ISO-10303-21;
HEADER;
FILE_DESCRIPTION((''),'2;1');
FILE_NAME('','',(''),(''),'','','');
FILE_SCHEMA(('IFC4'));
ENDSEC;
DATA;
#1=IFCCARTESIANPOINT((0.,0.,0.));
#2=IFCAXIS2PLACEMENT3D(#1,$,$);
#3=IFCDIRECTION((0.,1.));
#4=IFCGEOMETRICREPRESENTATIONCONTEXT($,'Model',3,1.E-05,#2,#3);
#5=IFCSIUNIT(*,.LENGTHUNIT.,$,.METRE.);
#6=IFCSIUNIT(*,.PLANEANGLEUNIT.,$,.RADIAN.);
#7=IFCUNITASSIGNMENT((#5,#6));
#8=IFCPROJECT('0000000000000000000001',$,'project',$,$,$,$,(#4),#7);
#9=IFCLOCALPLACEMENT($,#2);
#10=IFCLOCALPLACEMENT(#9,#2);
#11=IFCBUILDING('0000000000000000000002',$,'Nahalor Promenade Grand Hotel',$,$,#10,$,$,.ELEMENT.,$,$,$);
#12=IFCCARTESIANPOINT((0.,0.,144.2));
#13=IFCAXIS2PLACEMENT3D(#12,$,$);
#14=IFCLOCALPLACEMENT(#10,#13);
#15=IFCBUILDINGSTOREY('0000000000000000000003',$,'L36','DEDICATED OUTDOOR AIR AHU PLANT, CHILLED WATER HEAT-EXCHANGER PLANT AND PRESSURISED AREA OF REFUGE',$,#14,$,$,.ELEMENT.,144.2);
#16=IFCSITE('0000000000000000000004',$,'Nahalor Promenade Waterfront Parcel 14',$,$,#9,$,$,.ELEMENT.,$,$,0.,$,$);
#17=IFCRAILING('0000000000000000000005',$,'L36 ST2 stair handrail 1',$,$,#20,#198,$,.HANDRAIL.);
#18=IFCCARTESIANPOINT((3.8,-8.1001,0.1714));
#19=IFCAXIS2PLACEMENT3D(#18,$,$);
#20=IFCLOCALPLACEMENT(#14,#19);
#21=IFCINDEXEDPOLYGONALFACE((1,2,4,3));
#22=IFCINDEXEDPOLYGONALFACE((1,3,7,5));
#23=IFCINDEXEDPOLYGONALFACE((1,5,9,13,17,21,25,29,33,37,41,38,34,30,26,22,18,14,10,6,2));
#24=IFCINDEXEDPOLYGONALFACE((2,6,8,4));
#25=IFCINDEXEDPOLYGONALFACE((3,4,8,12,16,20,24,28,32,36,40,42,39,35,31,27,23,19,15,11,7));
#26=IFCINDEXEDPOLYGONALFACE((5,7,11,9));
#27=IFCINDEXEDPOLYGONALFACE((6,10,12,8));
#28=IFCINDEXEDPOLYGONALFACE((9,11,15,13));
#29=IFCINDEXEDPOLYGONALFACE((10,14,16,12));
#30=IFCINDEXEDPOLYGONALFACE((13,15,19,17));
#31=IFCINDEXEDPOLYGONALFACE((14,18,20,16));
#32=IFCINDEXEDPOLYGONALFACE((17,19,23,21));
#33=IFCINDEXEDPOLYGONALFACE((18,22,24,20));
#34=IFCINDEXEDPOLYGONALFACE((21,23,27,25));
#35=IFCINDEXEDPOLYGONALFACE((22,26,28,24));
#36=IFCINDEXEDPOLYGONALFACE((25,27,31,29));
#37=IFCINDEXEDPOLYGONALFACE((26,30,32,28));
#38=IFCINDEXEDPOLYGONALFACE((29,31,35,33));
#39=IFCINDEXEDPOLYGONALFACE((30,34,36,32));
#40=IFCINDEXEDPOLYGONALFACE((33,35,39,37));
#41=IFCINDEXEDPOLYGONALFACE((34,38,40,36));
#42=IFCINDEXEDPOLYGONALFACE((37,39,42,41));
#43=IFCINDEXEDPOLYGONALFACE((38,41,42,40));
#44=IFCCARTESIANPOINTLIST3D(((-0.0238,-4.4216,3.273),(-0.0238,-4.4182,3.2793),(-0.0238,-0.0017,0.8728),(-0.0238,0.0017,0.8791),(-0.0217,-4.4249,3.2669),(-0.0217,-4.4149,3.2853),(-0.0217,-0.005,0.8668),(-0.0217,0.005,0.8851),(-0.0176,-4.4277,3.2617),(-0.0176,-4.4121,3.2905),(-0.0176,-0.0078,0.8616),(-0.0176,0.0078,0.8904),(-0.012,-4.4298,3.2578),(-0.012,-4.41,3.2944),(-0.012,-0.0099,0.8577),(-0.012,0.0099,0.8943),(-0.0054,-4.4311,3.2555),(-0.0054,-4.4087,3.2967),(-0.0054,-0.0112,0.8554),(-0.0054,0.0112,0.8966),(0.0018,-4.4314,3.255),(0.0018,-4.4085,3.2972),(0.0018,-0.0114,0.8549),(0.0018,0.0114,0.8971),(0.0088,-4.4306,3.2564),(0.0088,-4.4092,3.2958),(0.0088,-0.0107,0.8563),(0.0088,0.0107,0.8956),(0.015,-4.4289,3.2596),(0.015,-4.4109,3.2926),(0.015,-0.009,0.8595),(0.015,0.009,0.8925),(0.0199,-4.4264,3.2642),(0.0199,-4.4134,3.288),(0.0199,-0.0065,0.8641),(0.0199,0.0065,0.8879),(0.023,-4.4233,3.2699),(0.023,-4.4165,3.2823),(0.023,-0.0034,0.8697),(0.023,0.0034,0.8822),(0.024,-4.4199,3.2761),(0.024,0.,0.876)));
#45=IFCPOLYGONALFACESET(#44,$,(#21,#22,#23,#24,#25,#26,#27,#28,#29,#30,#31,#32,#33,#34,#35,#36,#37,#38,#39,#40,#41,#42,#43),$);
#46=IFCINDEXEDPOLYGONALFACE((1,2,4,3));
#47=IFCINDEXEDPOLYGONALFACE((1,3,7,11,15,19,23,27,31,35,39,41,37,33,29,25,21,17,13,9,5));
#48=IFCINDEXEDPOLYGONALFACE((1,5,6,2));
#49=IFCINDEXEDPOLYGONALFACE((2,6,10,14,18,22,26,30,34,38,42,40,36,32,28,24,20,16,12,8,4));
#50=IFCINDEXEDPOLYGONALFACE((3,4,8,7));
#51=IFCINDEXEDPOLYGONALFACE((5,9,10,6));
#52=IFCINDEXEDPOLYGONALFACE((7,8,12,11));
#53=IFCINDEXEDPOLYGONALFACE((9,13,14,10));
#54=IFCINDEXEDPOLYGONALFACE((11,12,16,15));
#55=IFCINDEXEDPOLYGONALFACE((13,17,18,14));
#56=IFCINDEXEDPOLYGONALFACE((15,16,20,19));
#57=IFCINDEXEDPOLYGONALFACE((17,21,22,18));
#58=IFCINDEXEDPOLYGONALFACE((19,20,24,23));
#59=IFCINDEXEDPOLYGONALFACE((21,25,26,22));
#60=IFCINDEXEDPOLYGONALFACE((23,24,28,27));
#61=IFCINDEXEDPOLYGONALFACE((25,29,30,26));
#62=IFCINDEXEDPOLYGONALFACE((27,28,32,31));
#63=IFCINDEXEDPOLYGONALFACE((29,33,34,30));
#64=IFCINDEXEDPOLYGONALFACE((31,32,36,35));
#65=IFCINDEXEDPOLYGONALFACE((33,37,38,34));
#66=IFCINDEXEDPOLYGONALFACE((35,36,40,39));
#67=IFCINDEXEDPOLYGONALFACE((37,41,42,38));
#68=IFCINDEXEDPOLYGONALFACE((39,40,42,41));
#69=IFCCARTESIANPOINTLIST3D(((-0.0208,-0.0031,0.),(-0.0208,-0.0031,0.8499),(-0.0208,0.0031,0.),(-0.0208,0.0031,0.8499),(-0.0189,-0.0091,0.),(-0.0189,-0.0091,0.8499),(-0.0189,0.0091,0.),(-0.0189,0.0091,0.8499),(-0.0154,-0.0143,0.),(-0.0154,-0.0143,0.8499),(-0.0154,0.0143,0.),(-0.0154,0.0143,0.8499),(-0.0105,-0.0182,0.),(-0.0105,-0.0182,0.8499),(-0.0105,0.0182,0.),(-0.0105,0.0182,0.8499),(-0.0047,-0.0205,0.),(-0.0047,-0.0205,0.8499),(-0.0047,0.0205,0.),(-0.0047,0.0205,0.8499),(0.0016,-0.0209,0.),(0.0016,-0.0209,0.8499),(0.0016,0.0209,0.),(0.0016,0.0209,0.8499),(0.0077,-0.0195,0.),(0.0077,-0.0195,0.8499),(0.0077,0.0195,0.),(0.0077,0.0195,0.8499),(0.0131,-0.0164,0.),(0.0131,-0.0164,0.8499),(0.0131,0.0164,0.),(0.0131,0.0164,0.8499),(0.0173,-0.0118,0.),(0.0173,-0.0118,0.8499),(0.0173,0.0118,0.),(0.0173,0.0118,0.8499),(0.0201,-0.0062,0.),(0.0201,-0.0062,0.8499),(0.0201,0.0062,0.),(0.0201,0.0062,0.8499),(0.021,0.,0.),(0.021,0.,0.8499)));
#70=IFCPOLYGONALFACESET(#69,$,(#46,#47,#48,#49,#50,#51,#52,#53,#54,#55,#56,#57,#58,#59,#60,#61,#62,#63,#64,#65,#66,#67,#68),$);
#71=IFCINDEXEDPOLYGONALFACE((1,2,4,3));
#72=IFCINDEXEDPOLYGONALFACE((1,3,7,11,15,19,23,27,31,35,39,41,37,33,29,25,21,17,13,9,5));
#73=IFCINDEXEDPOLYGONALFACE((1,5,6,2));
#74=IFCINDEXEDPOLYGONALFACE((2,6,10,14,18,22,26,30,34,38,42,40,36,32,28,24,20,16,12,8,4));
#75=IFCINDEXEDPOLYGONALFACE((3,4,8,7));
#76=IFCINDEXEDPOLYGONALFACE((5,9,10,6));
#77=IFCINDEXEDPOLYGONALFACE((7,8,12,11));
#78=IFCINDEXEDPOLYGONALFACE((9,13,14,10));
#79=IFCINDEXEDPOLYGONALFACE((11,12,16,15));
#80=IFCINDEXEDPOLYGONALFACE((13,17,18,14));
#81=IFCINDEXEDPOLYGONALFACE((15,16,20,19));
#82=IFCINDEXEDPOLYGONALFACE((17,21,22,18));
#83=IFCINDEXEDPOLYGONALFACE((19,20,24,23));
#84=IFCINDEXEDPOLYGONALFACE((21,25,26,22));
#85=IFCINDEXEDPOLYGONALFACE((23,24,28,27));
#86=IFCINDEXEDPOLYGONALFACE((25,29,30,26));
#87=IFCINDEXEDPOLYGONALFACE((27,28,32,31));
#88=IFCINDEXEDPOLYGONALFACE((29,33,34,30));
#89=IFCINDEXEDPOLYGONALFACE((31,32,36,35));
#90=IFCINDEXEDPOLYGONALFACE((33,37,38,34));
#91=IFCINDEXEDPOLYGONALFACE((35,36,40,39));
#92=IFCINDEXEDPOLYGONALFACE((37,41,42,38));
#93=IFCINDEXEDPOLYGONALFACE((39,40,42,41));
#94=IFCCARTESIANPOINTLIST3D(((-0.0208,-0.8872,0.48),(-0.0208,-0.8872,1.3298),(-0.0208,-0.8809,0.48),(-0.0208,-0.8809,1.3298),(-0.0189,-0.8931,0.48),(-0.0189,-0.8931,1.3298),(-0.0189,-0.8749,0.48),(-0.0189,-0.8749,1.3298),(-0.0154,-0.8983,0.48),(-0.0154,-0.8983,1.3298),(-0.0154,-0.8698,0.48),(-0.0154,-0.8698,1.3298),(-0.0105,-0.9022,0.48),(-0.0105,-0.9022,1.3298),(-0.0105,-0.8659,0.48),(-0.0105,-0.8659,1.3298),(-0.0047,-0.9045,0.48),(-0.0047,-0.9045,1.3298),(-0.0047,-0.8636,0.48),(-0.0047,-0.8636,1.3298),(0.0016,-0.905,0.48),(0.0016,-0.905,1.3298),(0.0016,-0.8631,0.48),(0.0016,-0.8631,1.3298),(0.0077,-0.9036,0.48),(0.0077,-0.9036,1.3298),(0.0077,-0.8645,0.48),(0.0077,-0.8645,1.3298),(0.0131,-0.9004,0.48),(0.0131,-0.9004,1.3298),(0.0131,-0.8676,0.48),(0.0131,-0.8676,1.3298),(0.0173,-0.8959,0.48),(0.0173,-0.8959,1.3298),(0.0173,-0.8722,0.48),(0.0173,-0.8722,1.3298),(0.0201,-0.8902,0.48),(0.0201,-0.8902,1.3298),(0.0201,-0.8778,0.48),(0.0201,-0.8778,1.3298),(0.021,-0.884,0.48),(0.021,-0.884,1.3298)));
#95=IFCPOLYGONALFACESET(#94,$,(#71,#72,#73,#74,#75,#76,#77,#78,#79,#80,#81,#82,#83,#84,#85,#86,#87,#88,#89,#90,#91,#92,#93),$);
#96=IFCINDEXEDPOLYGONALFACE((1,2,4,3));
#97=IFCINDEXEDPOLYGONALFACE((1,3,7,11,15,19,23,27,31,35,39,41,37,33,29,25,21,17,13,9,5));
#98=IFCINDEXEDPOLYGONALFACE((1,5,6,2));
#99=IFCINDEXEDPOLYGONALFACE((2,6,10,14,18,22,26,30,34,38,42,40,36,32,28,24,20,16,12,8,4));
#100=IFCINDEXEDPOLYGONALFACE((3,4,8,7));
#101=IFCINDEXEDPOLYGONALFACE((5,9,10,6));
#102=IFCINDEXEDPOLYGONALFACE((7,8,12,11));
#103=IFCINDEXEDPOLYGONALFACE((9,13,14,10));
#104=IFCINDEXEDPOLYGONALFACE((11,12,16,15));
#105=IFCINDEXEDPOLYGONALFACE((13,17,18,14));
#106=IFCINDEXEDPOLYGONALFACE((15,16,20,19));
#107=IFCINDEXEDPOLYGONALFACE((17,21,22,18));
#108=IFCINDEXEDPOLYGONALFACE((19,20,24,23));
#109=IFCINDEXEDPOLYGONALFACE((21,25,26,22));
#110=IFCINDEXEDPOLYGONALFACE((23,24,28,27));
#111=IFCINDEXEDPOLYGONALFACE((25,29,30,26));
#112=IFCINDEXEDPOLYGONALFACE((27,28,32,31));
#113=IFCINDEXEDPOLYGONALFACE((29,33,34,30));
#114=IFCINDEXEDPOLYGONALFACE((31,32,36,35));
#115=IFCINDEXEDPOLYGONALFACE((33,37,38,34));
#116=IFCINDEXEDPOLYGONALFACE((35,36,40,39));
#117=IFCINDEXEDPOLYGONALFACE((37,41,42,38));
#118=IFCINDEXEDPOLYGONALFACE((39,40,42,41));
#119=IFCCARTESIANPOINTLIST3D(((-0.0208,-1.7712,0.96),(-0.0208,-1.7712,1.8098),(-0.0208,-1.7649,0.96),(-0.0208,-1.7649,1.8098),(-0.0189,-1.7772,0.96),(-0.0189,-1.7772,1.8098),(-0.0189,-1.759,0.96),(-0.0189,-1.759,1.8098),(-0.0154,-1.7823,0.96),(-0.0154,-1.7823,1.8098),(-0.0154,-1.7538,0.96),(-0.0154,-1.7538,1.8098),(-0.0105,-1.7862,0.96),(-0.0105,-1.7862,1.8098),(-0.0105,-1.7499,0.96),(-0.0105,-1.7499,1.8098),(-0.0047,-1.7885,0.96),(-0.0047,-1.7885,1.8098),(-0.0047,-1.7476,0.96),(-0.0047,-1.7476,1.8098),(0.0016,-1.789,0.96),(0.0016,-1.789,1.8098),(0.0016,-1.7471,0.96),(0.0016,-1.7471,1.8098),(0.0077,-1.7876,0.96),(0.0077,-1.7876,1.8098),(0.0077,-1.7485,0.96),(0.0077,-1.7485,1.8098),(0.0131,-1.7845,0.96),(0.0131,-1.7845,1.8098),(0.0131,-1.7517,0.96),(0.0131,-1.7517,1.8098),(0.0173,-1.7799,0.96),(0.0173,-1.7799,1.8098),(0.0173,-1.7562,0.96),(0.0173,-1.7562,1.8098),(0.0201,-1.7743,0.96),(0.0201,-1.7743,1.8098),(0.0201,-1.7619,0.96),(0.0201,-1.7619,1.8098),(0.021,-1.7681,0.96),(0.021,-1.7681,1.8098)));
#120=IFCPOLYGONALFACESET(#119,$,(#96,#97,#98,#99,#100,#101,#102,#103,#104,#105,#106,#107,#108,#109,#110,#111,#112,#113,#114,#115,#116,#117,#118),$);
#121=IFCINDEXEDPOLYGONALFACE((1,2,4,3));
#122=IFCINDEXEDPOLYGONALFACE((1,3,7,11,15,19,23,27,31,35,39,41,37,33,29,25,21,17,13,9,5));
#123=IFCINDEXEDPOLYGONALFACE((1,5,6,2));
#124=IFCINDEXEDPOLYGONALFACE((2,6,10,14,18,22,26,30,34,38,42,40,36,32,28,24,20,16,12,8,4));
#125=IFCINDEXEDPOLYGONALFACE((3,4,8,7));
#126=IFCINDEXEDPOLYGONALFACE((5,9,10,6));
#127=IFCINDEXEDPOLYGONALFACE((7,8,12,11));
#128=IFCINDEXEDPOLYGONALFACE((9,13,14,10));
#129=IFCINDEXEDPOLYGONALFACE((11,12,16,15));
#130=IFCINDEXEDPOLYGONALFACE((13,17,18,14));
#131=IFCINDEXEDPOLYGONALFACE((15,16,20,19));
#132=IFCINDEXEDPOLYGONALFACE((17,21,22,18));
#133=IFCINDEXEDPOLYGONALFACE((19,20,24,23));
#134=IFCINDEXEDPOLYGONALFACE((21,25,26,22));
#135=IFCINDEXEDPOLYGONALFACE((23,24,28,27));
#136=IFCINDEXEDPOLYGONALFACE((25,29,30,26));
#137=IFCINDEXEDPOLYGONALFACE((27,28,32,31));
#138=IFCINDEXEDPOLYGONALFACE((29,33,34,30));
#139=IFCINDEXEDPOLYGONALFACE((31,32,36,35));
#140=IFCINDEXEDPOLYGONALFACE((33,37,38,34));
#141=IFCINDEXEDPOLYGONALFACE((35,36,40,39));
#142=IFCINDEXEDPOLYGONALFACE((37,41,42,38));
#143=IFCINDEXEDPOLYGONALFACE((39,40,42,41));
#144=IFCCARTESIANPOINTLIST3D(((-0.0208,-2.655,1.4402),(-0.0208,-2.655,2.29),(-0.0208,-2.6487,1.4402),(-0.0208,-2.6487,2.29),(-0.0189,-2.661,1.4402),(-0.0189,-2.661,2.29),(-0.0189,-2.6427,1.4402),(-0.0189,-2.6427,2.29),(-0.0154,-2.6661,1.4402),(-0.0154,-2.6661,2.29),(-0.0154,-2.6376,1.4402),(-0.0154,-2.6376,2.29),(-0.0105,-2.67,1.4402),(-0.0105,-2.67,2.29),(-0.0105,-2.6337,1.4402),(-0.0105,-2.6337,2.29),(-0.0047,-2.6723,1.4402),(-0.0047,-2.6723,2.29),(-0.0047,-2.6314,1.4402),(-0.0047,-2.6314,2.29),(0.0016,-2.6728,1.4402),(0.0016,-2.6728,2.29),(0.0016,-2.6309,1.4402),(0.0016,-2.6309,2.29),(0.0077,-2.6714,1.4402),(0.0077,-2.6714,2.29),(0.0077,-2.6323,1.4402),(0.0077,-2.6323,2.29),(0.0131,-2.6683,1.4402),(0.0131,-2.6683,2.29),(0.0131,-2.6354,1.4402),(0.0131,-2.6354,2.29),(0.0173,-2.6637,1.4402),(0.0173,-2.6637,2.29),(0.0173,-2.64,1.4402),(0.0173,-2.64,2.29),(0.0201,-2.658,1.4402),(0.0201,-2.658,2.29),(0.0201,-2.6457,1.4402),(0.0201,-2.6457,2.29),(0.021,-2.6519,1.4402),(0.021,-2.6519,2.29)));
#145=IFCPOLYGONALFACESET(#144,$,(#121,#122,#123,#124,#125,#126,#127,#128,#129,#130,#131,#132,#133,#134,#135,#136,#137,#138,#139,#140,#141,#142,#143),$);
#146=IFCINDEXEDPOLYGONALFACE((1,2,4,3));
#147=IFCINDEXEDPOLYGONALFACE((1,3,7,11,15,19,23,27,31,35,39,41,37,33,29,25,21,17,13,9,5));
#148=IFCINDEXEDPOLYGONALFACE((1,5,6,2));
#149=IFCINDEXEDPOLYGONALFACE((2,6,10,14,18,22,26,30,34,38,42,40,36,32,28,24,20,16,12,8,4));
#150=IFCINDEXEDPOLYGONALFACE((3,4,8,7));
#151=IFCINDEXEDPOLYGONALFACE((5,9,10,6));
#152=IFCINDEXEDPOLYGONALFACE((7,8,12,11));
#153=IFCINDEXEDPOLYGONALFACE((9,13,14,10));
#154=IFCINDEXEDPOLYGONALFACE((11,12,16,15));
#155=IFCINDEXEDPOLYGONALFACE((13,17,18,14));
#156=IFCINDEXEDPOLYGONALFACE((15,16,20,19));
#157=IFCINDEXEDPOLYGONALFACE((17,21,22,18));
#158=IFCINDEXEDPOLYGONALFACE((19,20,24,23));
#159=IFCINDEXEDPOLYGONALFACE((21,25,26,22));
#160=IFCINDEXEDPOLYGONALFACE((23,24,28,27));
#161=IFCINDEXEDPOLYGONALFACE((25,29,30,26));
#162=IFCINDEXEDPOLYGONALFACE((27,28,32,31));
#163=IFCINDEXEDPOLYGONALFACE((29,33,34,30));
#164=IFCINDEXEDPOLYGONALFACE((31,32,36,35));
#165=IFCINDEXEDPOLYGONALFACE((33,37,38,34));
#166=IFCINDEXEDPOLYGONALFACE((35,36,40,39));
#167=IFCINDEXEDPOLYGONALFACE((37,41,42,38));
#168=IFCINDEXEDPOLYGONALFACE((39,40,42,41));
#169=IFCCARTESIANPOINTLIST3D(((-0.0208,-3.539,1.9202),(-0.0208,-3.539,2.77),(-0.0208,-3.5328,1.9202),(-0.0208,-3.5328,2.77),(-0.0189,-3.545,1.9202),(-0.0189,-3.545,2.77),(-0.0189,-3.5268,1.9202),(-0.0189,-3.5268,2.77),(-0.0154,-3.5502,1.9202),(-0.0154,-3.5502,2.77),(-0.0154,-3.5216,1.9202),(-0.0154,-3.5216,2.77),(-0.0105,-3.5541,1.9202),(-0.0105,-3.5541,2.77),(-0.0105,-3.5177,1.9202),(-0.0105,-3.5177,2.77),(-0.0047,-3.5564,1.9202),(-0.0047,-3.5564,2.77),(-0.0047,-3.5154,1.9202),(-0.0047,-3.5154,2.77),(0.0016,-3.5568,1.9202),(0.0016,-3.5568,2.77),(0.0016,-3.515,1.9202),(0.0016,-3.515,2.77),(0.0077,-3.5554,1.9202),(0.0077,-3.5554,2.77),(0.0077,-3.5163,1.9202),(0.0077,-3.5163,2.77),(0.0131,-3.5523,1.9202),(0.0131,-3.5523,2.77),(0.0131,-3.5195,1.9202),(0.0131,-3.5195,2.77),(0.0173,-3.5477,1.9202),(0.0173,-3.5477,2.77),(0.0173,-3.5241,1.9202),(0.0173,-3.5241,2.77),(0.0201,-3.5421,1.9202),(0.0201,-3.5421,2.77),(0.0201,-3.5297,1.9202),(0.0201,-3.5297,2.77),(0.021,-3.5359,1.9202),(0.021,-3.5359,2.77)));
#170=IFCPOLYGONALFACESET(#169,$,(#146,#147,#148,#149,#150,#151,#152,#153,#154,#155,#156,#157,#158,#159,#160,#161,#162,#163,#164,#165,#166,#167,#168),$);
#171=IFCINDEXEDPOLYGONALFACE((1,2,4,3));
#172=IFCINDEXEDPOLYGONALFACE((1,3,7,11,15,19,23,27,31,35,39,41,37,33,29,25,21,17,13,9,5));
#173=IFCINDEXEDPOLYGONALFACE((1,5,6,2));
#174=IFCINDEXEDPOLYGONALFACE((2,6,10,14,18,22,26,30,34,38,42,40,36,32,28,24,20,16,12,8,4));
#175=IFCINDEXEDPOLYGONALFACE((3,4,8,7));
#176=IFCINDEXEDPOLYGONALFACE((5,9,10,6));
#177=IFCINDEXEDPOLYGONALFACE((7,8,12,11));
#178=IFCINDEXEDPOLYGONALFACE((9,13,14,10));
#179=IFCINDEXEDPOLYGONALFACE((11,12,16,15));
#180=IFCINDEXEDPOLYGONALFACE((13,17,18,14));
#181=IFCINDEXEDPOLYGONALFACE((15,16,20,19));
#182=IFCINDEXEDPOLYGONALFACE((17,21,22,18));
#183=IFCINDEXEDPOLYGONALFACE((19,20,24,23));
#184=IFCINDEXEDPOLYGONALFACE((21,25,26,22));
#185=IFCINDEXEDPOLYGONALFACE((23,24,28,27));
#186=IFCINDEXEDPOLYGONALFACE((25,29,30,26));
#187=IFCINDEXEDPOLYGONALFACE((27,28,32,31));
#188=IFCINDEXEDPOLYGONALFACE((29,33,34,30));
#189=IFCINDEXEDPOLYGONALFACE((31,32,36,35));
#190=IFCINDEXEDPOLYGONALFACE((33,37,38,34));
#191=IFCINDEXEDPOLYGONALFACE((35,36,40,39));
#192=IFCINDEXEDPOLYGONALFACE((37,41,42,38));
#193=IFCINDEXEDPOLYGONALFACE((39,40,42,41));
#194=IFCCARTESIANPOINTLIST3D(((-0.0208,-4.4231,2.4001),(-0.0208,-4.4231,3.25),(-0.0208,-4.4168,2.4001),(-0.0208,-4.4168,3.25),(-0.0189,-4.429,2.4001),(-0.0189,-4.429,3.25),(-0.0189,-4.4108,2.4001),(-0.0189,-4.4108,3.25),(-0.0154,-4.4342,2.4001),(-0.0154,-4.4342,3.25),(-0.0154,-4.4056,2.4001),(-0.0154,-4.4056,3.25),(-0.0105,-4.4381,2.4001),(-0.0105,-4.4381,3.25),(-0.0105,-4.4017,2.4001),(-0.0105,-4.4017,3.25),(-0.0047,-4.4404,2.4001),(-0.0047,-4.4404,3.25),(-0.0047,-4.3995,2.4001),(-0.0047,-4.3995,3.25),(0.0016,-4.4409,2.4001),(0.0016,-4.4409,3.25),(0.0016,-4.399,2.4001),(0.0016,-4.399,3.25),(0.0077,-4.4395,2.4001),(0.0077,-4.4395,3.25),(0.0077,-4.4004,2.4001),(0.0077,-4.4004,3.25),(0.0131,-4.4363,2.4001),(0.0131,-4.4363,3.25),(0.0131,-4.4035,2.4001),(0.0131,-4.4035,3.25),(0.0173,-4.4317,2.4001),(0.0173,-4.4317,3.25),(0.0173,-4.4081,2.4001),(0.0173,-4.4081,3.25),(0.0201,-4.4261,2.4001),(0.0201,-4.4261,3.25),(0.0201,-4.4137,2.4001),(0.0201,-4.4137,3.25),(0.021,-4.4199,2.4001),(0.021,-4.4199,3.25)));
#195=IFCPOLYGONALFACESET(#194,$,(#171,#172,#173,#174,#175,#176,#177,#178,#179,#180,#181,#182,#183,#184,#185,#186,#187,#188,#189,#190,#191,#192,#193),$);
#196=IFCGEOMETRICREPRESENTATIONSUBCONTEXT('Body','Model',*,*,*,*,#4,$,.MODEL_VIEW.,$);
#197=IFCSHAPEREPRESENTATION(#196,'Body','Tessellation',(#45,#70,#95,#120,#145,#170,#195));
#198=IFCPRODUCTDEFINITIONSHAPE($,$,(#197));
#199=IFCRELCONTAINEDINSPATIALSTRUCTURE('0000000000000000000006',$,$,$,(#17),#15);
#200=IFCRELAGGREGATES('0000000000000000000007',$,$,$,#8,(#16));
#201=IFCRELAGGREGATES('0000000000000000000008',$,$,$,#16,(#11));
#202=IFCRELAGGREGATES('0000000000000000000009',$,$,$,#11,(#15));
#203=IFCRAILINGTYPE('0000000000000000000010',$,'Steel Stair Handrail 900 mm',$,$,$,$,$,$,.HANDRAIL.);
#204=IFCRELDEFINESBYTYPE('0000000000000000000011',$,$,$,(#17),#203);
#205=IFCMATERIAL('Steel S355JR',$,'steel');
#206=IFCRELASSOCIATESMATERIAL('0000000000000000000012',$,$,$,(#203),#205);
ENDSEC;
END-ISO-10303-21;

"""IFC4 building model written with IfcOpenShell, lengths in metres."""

from ifc_helpers import new_model, si_unit, direction, frame, origin, origin_2d, place, context, subcontext, project, spatial, circle, extrude, material, type_object, element, save


model = new_model("IFC4")

# Units and contexts
model_context = context("Model", 3, precision=1e-05, world=origin(), true_north=direction((0.0, 1.0)))
body_context = subcontext(model_context, "Body", "Model", "MODEL_VIEW")
ifc_project = project(units=[si_unit("LENGTHUNIT", "METRE"), si_unit("PLANEANGLEUNIT", "RADIAN")], contexts=[model_context])

# Site, building, storey
site_placement = place(None, origin())
site = spatial("IfcSite", under=ifc_project, at=site_placement, Name="Nahalor Promenade Waterfront Parcel 14", CompositionType="ELEMENT", RefElevation=0.0)
building_placement = place(site_placement, origin())
building = spatial("IfcBuilding", under=site, at=building_placement, Name="Nahalor Promenade Grand Hotel", CompositionType="ELEMENT")
storey_placement = place(building_placement, frame((0.0, 0.0, 144.2)))
storey = spatial("IfcBuildingStorey", under=building, at=storey_placement, Name="L36", Description="DEDICATED OUTDOOR AIR AHU PLANT, CHILLED WATER HEAT-EXCHANGER PLANT AND PRESSURISED AREA OF REFUGE", CompositionType="ELEMENT", Elevation=144.2)

# Shared definitions
ifc_material_1 = material(Name="Steel S355JR", Category="steel")

# Railing
railing_type_1 = type_object("IfcRailingType", Name="Steel Stair Handrail 900 mm", PredefinedType="HANDRAIL", material=ifc_material_1)
railing_1_placement = place(storey_placement, frame((3.8, -8.1001, 0.1714)))
element("IfcRailing", 1, at=railing_1_placement, inside=storey, type_object=railing_type_1, Name="L36 ST2 stair handrail 1", PredefinedType="HANDRAIL", context=body_context, shape_type="SweptSolid", body=[
    extrude(circle(Radius=0.024, at=origin_2d()), frame((0.0, 0.0, 0.876), z_axis=(0.0, -0.87879, 0.477209), x_axis=(1.0, 0.0, 0.0)), (0.0, 0.0, 1.0), 5.0295),
    extrude(circle(Radius=0.021, at=origin_2d()), origin(), (0.0, 0.0, 1.0), 0.8499),
    extrude(circle(Radius=0.021, at=origin_2d()), frame((0.0, -0.884, 0.48)), (0.0, 0.0, 1.0), 0.8499),
    extrude(circle(Radius=0.021, at=origin_2d()), frame((0.0, -1.7681, 0.96)), (0.0, 0.0, 1.0), 0.8499),
    extrude(circle(Radius=0.021, at=origin_2d()), frame((0.0, -2.6519, 1.4402)), (0.0, 0.0, 1.0), 0.8499),
    extrude(circle(Radius=0.021, at=origin_2d()), frame((0.0, -3.5359, 1.9202)), (0.0, 0.0, 1.0), 0.8499),
    extrude(circle(Radius=0.021, at=origin_2d()), frame((0.0, -4.4199, 2.4001)), (0.0, 0.0, 1.0), 0.8499),
])

save(model, "model.ifc")
